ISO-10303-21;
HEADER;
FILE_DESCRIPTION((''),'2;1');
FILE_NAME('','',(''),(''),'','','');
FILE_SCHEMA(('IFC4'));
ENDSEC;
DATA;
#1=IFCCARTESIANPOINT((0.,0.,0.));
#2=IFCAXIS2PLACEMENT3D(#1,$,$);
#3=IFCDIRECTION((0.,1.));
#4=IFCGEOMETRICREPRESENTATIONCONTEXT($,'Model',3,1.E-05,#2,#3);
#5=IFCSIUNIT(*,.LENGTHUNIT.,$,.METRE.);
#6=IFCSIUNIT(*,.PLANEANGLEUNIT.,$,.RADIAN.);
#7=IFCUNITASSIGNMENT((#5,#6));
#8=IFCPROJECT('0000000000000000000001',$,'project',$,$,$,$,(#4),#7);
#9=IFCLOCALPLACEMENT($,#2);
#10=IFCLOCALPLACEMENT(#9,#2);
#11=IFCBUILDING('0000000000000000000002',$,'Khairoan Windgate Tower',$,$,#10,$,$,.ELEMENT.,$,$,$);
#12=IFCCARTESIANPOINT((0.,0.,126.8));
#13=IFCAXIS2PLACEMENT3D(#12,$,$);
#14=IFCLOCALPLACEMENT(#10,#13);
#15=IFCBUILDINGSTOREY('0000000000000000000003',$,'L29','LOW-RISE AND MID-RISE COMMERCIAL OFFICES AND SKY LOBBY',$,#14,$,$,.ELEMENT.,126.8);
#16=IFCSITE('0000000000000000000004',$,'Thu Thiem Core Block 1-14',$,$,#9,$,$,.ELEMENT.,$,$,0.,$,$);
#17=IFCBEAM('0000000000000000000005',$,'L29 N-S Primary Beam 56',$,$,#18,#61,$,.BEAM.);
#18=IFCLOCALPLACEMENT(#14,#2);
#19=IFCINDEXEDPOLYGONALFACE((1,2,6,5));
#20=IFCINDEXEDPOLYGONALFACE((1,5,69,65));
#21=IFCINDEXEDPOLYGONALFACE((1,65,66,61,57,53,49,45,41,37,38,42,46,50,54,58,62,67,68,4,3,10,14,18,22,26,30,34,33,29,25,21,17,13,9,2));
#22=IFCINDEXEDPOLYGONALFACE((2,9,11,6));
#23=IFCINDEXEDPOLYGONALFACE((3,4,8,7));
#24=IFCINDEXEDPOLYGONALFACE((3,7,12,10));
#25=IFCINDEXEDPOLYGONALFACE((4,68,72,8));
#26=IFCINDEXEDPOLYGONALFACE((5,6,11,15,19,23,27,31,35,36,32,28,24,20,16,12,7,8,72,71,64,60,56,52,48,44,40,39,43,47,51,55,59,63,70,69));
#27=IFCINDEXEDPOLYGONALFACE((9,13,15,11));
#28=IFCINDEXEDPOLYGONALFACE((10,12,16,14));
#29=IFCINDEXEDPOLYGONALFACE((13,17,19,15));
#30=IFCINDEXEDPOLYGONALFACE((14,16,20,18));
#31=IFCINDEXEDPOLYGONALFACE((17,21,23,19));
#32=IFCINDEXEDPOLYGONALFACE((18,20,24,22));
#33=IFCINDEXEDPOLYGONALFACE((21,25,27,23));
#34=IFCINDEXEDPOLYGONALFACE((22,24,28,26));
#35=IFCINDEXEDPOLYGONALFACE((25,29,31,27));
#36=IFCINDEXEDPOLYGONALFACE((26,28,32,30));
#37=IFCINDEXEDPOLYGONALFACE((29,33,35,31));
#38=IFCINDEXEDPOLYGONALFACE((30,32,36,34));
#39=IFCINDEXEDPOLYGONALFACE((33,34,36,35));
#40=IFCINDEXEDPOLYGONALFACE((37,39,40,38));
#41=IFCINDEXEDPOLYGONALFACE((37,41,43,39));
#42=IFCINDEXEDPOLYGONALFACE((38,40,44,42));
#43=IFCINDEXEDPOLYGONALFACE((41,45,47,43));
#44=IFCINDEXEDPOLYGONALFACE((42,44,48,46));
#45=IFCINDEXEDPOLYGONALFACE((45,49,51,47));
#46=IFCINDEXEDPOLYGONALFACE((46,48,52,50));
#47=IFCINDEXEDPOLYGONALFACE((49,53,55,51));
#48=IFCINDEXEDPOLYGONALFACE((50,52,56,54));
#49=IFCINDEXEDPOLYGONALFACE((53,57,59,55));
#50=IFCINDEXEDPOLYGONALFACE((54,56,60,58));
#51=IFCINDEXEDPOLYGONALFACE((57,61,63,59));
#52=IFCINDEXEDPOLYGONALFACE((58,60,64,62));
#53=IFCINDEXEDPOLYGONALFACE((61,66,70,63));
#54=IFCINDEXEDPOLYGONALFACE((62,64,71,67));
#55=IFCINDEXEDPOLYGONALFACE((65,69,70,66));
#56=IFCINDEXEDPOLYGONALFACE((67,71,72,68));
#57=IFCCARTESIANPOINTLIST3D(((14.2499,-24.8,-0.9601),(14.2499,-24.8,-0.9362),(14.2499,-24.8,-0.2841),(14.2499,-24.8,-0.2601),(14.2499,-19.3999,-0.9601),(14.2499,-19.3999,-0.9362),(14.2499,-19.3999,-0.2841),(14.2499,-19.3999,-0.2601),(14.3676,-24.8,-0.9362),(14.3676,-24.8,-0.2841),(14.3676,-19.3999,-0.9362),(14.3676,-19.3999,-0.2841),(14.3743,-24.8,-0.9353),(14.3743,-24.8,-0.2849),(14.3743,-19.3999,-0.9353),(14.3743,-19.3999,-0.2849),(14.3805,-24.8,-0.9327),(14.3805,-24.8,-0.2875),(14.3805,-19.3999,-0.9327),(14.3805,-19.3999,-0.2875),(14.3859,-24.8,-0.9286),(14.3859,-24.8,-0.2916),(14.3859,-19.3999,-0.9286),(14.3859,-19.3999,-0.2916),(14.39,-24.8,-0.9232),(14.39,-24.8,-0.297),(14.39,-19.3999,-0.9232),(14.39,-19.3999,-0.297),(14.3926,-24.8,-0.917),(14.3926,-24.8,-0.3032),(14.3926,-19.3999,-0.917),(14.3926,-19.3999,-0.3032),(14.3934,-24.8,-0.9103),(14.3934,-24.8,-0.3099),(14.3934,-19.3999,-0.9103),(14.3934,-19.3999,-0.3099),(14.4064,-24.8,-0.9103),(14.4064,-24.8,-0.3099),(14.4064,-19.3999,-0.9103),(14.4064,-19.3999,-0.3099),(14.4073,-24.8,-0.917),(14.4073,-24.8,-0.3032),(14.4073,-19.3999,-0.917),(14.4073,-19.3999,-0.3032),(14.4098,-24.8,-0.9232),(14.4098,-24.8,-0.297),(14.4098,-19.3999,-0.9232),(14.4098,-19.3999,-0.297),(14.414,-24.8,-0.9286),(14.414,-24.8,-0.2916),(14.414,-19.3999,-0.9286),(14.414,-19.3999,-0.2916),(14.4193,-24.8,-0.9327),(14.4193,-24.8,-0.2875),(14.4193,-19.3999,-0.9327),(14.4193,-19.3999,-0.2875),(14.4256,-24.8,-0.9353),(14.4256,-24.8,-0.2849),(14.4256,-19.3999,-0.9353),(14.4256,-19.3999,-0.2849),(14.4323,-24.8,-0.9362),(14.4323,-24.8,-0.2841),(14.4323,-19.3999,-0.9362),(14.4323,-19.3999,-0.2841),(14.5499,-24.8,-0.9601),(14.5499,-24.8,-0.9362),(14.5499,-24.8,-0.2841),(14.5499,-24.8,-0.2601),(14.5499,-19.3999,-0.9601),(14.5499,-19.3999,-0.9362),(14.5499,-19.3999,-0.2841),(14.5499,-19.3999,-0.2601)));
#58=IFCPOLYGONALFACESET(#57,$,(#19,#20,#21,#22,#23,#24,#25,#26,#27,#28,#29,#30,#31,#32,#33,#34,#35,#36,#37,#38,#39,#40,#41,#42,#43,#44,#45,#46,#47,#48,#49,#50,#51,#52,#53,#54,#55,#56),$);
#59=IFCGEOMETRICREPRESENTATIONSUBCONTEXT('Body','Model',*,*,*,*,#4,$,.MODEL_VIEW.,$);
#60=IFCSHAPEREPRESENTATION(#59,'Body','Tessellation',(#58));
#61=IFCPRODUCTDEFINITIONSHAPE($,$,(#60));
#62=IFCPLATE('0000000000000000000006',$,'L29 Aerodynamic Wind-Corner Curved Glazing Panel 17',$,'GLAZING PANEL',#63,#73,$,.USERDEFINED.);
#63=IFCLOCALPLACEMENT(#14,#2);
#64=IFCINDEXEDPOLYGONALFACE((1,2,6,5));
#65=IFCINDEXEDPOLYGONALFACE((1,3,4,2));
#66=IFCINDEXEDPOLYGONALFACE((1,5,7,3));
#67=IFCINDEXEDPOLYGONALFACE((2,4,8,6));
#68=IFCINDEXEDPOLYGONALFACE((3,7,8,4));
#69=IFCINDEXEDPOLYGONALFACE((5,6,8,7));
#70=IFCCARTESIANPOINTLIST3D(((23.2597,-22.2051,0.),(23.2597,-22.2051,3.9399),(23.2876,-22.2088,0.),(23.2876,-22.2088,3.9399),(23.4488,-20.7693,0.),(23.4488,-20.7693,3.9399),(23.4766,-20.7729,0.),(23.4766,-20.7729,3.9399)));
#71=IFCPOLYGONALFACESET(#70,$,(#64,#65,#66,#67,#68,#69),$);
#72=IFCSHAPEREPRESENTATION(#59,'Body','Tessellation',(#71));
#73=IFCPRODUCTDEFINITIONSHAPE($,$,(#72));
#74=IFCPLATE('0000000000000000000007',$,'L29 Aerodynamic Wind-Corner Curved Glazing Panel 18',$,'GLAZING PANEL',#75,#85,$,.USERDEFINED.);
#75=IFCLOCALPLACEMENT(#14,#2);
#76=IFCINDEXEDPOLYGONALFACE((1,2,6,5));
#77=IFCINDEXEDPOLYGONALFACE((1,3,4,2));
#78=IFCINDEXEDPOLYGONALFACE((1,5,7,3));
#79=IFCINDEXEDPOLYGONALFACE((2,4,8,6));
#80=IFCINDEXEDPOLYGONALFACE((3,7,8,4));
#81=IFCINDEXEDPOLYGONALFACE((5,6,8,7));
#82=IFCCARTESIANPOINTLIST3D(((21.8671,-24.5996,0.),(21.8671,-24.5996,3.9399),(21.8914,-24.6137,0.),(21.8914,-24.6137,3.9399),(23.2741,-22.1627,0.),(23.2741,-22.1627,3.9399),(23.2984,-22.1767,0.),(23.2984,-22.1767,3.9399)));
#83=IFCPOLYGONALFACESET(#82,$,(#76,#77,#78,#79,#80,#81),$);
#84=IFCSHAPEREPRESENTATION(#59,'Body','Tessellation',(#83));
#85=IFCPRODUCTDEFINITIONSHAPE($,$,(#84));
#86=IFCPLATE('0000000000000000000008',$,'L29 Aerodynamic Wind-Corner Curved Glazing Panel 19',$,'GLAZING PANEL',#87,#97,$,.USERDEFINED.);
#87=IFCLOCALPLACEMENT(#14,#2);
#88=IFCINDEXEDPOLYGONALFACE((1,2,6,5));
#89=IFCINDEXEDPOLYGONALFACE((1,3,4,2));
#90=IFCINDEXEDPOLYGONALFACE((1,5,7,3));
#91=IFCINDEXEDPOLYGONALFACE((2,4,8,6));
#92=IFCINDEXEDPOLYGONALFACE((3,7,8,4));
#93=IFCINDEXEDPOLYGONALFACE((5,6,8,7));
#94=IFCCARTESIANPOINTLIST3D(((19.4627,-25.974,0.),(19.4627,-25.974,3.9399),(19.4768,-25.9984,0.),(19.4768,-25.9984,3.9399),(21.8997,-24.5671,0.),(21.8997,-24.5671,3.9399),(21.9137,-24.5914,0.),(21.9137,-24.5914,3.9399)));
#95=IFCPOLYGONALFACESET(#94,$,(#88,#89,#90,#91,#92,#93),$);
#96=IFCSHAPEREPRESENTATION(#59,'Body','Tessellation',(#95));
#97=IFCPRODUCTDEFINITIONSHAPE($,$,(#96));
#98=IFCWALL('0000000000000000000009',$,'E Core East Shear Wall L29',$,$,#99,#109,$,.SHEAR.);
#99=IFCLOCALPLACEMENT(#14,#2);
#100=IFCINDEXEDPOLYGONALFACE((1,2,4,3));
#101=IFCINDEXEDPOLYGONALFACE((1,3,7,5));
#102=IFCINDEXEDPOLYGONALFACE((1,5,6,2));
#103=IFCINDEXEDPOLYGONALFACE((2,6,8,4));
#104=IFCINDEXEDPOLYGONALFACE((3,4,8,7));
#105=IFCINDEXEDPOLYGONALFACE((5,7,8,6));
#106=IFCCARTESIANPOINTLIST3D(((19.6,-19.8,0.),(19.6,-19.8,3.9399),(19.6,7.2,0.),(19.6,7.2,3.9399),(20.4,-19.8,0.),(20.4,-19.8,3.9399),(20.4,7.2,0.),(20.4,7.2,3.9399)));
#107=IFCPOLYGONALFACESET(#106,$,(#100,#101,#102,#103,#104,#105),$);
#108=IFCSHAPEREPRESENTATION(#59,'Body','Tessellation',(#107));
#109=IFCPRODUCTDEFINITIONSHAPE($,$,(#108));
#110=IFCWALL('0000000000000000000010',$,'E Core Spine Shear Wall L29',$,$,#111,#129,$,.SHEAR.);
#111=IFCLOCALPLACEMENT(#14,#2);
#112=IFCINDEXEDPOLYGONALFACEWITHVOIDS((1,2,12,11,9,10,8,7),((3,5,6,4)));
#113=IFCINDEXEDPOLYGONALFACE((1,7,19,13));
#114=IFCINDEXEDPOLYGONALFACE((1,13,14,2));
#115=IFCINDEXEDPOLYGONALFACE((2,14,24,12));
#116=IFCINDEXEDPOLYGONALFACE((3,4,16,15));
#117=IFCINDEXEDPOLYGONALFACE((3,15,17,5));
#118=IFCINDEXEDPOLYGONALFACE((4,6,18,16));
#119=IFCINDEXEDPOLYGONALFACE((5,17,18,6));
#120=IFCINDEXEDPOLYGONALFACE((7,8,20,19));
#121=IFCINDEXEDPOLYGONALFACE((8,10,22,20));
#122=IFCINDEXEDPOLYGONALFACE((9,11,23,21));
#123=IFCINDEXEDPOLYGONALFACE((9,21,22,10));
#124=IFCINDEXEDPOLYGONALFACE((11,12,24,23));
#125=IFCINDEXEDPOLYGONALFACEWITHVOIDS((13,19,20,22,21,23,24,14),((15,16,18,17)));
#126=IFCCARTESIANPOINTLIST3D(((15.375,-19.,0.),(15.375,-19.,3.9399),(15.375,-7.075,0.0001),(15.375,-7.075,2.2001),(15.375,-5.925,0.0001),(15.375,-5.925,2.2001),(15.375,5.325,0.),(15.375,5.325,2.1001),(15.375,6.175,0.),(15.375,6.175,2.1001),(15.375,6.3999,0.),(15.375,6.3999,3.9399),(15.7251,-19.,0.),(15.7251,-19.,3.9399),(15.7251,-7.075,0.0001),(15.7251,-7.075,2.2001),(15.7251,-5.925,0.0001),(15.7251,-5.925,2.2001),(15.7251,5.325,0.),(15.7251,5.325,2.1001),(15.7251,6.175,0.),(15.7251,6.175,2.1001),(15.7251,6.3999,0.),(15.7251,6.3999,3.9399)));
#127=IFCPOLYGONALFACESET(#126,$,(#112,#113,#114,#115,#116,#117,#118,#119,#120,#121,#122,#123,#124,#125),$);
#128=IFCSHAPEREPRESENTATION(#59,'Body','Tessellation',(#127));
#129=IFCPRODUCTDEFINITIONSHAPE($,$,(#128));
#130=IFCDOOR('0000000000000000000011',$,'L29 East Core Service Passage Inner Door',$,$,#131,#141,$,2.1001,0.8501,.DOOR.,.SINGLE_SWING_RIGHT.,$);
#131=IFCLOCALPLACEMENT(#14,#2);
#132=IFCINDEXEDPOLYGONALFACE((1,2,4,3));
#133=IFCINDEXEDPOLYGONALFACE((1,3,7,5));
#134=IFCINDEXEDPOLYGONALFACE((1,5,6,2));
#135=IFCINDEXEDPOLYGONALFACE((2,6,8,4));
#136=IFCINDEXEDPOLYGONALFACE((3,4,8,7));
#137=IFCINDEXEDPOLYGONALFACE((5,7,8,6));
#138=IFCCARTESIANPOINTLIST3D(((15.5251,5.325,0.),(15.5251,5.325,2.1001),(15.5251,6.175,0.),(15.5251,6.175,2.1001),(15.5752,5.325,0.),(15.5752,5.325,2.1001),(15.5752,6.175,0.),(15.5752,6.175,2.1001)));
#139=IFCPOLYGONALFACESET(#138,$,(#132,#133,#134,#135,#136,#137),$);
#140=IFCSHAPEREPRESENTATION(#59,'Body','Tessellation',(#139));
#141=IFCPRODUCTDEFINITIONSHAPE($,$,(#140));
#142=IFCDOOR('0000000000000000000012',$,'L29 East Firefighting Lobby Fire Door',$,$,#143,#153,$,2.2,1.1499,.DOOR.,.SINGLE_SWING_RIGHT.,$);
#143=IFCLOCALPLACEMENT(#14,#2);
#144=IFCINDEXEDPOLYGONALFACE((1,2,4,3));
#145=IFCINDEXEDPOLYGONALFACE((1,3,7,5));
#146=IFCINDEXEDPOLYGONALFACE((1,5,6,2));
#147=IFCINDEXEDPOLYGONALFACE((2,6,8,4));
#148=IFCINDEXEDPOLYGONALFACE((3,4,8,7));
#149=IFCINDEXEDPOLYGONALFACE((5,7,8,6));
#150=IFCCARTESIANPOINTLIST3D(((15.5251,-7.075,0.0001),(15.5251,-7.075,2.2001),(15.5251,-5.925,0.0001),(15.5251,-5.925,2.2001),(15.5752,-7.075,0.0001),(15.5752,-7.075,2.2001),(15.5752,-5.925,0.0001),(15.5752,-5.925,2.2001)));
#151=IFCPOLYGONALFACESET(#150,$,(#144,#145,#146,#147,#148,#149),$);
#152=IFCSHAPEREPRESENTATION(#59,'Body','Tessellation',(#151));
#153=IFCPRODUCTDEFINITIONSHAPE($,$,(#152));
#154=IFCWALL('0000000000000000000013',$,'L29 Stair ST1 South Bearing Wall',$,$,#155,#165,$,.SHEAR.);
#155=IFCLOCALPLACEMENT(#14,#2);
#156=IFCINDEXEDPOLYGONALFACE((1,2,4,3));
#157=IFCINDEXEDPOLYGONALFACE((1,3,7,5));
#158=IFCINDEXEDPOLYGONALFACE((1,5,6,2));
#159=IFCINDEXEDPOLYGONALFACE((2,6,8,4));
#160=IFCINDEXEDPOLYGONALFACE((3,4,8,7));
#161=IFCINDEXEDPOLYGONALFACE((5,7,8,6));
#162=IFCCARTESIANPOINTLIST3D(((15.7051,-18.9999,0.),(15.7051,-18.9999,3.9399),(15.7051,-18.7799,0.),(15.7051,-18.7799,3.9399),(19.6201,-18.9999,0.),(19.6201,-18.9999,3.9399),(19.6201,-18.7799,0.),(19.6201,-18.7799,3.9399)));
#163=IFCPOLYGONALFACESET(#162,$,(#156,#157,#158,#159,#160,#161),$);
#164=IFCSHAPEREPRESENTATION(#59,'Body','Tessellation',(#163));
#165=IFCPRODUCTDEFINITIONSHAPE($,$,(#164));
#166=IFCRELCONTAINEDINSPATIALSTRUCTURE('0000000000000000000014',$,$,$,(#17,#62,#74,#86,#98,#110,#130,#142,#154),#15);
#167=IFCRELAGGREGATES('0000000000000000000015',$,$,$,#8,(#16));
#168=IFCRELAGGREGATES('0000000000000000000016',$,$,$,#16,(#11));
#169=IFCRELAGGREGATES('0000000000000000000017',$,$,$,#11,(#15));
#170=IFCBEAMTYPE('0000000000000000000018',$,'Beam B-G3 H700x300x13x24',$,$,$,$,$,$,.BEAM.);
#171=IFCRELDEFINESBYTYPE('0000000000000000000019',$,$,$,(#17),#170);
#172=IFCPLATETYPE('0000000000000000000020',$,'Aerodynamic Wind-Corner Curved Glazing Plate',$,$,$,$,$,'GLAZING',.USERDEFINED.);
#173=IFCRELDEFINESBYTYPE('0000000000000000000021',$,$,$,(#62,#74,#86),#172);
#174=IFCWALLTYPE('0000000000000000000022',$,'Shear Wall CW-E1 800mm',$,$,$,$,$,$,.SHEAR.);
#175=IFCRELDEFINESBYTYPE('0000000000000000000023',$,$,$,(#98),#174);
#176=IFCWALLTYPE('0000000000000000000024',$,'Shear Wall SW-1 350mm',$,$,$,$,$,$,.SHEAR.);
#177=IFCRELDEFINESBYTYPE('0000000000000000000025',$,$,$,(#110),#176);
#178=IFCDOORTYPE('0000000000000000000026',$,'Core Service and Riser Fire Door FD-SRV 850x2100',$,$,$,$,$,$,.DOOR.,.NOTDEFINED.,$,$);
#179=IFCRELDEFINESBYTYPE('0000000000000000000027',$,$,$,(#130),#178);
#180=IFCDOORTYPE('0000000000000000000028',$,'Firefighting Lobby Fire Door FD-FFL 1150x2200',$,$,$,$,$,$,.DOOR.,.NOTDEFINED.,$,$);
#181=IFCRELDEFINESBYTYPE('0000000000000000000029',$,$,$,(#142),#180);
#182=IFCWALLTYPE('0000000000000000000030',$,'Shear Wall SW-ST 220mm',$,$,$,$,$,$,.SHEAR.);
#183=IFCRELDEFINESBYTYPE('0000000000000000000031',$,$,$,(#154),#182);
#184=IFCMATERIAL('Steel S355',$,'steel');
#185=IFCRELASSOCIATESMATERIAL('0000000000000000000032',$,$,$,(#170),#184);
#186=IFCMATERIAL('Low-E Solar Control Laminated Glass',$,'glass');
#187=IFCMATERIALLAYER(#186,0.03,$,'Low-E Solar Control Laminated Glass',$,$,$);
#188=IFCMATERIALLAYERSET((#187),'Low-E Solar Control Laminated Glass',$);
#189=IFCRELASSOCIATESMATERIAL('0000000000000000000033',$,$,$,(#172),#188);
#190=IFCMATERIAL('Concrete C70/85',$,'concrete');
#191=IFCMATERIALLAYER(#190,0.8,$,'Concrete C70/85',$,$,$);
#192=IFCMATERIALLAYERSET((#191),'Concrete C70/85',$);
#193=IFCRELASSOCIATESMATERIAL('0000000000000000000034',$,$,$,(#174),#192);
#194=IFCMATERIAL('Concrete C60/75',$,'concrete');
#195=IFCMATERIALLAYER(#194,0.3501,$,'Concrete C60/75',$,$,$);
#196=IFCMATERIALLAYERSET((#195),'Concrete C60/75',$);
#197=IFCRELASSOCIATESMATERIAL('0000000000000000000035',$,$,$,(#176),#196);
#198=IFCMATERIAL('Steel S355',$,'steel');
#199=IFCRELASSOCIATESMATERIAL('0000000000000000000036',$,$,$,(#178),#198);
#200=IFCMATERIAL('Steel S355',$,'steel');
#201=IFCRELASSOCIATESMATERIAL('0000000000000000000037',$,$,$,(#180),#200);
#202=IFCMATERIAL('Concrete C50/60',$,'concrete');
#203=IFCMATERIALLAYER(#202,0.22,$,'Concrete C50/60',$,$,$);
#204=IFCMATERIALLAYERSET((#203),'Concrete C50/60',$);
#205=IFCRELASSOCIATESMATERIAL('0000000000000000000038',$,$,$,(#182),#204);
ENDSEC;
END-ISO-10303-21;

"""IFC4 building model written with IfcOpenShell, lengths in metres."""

from ifc_helpers import new_model, si_unit, direction, frame, frame_2d, origin, origin_2d, place, context, subcontext, project, spatial, rectangle, i_section, extrude, material, layer, layer_set, material_profile, profile_set, type_object, element, fill, save


model = new_model("IFC4")

# Units and contexts
model_context = context("Model", 3, precision=1e-05, world=origin(), true_north=direction((0.0, 1.0)))
body_context = subcontext(model_context, "Body", "Model", "MODEL_VIEW")
ifc_project = project(units=[si_unit("LENGTHUNIT", "METRE"), si_unit("PLANEANGLEUNIT", "RADIAN")], contexts=[model_context])

# Site, building, storey
site_placement = place(None, origin())
site = spatial("IfcSite", under=ifc_project, at=site_placement, Name="Thu Thiem Core Block 1-14", CompositionType="ELEMENT", RefElevation=0.0)
building_placement = place(site_placement, origin())
building = spatial("IfcBuilding", under=site, at=building_placement, Name="Khairoan Windgate Tower", CompositionType="ELEMENT")
storey_placement = place(building_placement, frame((0.0, 0.0, 126.8)))
storey = spatial("IfcBuildingStorey", under=building, at=storey_placement, Name="L29", Description="LOW-RISE AND MID-RISE COMMERCIAL OFFICES AND SKY LOBBY", CompositionType="ELEMENT", Elevation=126.8)

# Beam
ifc_material_1 = material(Name="Steel S355", Category="steel")
ifc_material_profile_1 = material_profile(ifc_material_1, i_section(OverallWidth=0.3, OverallDepth=0.7, WebThickness=0.0129, FlangeThickness=0.0239, FilletRadius=0.0259, at=origin_2d()))
ifc_profile_set_1 = profile_set([ifc_material_profile_1], Name="Steel S355")
beam_type = type_object("IfcBeamType", Name="Beam B-G3 H700x300x13x24", PredefinedType="BEAM", material=ifc_profile_set_1)
beam_placement = place(storey_placement, frame((14.3999, -24.8, -0.6101), z_axis=(0.0, 1.0, 0.0), x_axis=(-1.0, 0.0, 0.0)))
element("IfcBeam", 1, at=beam_placement, inside=storey, type_object=beam_type, Name="L29 N-S Primary Beam 56", PredefinedType="BEAM", context=body_context, shape_type="SweptSolid", body=[
    extrude(i_section(OverallWidth=0.3, OverallDepth=0.7, WebThickness=0.0129, FlangeThickness=0.0239, FilletRadius=0.0259, at=origin_2d()), origin(), (0.0, 0.0, 1.0), 5.4001),
])

# Plates
ifc_material_2 = material(Name="Low-E Solar Control Laminated Glass", Category="glass")
ifc_layer_1 = layer(ifc_material_2, 0.03, Name="Low-E Solar Control Laminated Glass")
ifc_layer_set_1 = layer_set([ifc_layer_1], Name="Low-E Solar Control Laminated Glass")
plate_type_1 = type_object("IfcPlateType", Name="Aerodynamic Wind-Corner Curved Glazing Plate", ElementType="GLAZING", PredefinedType="USERDEFINED", material=ifc_layer_set_1)
plate_1_placement = place(storey_placement, frame((23.3682, -21.489, 0.0), z_axis=(0.0, 0.0, 1.0), x_axis=(-0.130526, -0.991445, 0.0)))
element("IfcPlate", 2, at=plate_1_placement, inside=storey, type_object=plate_type_1, Name="L29 Aerodynamic Wind-Corner Curved Glazing Panel 17", ObjectType="GLAZING PANEL", PredefinedType="USERDEFINED", context=body_context, shape_type="SweptSolid", body=[
    extrude(rectangle(XDim=1.4482, YDim=0.0281, at=origin_2d()), origin(), (0.0, 0.0, 1.0), 3.9399),
])
for number, where, z_axis, x_axis, name in (
    (3, (22.5828, -23.3882, 0.0), (0.0, 0.0, 1.0), (-0.5, -0.866025, 0.0), "L29 Aerodynamic Wind-Corner Curved Glazing Panel 18"),
    (4, (20.6882, -25.2827, 0.0), (0.0, 0.0, 1.0), (-0.866025, -0.5, 0.0), "L29 Aerodynamic Wind-Corner Curved Glazing Panel 19"),
):
    element("IfcPlate", number, at=place(storey_placement, frame(where, z_axis=z_axis, x_axis=x_axis)), inside=storey, type_object=plate_type_1, Name=name, ObjectType="GLAZING PANEL", PredefinedType="USERDEFINED", context=body_context, shape_type="SweptSolid", body=[
        extrude(rectangle(XDim=2.814, YDim=0.0281, at=origin_2d()), origin(), (0.0, 0.0, 1.0), 3.9399),
    ])

# Wall
ifc_material_3 = material(Name="Concrete C70/85", Category="concrete")
ifc_layer_2 = layer(ifc_material_3, 0.8, Name="Concrete C70/85")
ifc_layer_set_2 = layer_set([ifc_layer_2], Name="Concrete C70/85")
wall_type_1 = type_object("IfcWallType", Name="Shear Wall CW-E1 800mm", PredefinedType="SHEAR", material=ifc_layer_set_2)
wall_1_placement = place(storey_placement, frame((20.0, -19.8, 0.0), z_axis=(0.0, 0.0, 1.0), x_axis=(0.0, 1.0, 0.0)))
element("IfcWall", 5, at=wall_1_placement, inside=storey, type_object=wall_type_1, Name="E Core East Shear Wall L29", PredefinedType="SHEAR", context=body_context, shape_type="SweptSolid", body=[
    extrude(rectangle(XDim=27.0, YDim=0.8, at=frame_2d((13.5, 0.0))), origin(), (0.0, 0.0, 1.0), 3.9399),
])

# Wall, openings, doors
ifc_material_4 = material(Name="Concrete C60/75", Category="concrete")
ifc_layer_3 = layer(ifc_material_4, 0.3501, Name="Concrete C60/75")
ifc_layer_set_3 = layer_set([ifc_layer_3], Name="Concrete C60/75")
wall_type_2 = type_object("IfcWallType", Name="Shear Wall SW-1 350mm", PredefinedType="SHEAR", material=ifc_layer_set_3)
wall_2_placement = place(storey_placement, frame((15.55, -19.0, 0.0), z_axis=(0.0, 0.0, 1.0), x_axis=(0.0, 1.0, 0.0)))
wall_2 = element("IfcWall", 6, at=wall_2_placement, inside=storey, type_object=wall_type_2, Name="E Core Spine Shear Wall L29", PredefinedType="SHEAR", context=body_context, shape_type="SweptSolid", body=[
    extrude(rectangle(XDim=25.3999, YDim=0.3501, at=frame_2d((12.7, 0.0))), origin(), (0.0, 0.0, 1.0), 3.9399),
])
opening_1_placement = place(wall_2_placement, frame((11.925, 0.0, 0.0)))
opening_1 = element("IfcOpeningElement", 7, at=opening_1_placement, cuts=wall_2, PredefinedType="OPENING", context=body_context, shape_type="SweptSolid", body=[
    extrude(rectangle(XDim=1.1499, YDim=2.2, at=frame_2d((0.575, 1.1001))), frame((0.0, 0.1851, 0.0), z_axis=(0.0, -1.0, 0.0), x_axis=(1.0, 0.0, 0.0)), (0.0, 0.0, 1.0), 0.3701),
])
opening_2_placement = place(wall_2_placement, frame((24.325, 0.0, 0.0)))
opening_2 = element("IfcOpeningElement", 8, at=opening_2_placement, cuts=wall_2, PredefinedType="OPENING", context=body_context, shape_type="SweptSolid", body=[
    extrude(rectangle(XDim=0.8501, YDim=2.1001, at=frame_2d((0.425, 1.05))), frame((0.0, 0.1851, 0.0), z_axis=(0.0, -1.0, 0.0), x_axis=(1.0, 0.0, 0.0)), (0.0, 0.0, 1.0), 0.3701),
])
ifc_material_5 = material(Name="Steel S355", Category="steel")
door_type_1 = type_object("IfcDoorType", Name="Core Service and Riser Fire Door FD-SRV 850x2100", OperationType="NOTDEFINED", PredefinedType="DOOR", material=ifc_material_5)
door_1_placement = place(opening_2_placement, origin())
door_1 = element("IfcDoor", 9, at=door_1_placement, inside=storey, type_object=door_type_1, Name="L29 East Core Service Passage Inner Door", OperationType="SINGLE_SWING_RIGHT", OverallHeight=2.1001, OverallWidth=0.8501, PredefinedType="DOOR", context=body_context, shape_type="SweptSolid", body=[
    extrude(rectangle(XDim=0.8501, YDim=2.1001, at=frame_2d((0.425, 1.05))), frame((0.0, 0.0249, 0.0), z_axis=(0.0, -1.0, 0.0), x_axis=(1.0, 0.0, 0.0)), (0.0, 0.0, 1.0), 0.05),
])
fill(opening_2, door_1)
ifc_material_6 = material(Name="Steel S355", Category="steel")
door_type_2 = type_object("IfcDoorType", Name="Firefighting Lobby Fire Door FD-FFL 1150x2200", OperationType="NOTDEFINED", PredefinedType="DOOR", material=ifc_material_6)
door_2_placement = place(opening_1_placement, origin())
door_2 = element("IfcDoor", 10, at=door_2_placement, inside=storey, type_object=door_type_2, Name="L29 East Firefighting Lobby Fire Door", OperationType="SINGLE_SWING_RIGHT", OverallHeight=2.2, OverallWidth=1.1499, PredefinedType="DOOR", context=body_context, shape_type="SweptSolid", body=[
    extrude(rectangle(XDim=1.1499, YDim=2.2, at=frame_2d((0.575, 1.1001))), frame((0.0, 0.0249, 0.0), z_axis=(0.0, -1.0, 0.0), x_axis=(1.0, 0.0, 0.0)), (0.0, 0.0, 1.0), 0.05),
])
fill(opening_1, door_2)

# Wall
ifc_material_7 = material(Name="Concrete C50/60", Category="concrete")
ifc_layer_4 = layer(ifc_material_7, 0.22, Name="Concrete C50/60")
ifc_layer_set_4 = layer_set([ifc_layer_4], Name="Concrete C50/60")
wall_type_3 = type_object("IfcWallType", Name="Shear Wall SW-ST 220mm", PredefinedType="SHEAR", material=ifc_layer_set_4)
wall_3_placement = place(storey_placement, frame((15.7051, -18.8899, 0.0), z_axis=(0.0, 0.0, 1.0), x_axis=(1.0, 0.0, 0.0)))
element("IfcWall", 11, at=wall_3_placement, inside=storey, type_object=wall_type_3, Name="L29 Stair ST1 South Bearing Wall", PredefinedType="SHEAR", context=body_context, shape_type="SweptSolid", body=[
    extrude(rectangle(XDim=3.915, YDim=0.22, at=frame_2d((1.9575, 0.0))), origin(), (0.0, 0.0, 1.0), 3.9399),
])

save(model, "model.ifc")
